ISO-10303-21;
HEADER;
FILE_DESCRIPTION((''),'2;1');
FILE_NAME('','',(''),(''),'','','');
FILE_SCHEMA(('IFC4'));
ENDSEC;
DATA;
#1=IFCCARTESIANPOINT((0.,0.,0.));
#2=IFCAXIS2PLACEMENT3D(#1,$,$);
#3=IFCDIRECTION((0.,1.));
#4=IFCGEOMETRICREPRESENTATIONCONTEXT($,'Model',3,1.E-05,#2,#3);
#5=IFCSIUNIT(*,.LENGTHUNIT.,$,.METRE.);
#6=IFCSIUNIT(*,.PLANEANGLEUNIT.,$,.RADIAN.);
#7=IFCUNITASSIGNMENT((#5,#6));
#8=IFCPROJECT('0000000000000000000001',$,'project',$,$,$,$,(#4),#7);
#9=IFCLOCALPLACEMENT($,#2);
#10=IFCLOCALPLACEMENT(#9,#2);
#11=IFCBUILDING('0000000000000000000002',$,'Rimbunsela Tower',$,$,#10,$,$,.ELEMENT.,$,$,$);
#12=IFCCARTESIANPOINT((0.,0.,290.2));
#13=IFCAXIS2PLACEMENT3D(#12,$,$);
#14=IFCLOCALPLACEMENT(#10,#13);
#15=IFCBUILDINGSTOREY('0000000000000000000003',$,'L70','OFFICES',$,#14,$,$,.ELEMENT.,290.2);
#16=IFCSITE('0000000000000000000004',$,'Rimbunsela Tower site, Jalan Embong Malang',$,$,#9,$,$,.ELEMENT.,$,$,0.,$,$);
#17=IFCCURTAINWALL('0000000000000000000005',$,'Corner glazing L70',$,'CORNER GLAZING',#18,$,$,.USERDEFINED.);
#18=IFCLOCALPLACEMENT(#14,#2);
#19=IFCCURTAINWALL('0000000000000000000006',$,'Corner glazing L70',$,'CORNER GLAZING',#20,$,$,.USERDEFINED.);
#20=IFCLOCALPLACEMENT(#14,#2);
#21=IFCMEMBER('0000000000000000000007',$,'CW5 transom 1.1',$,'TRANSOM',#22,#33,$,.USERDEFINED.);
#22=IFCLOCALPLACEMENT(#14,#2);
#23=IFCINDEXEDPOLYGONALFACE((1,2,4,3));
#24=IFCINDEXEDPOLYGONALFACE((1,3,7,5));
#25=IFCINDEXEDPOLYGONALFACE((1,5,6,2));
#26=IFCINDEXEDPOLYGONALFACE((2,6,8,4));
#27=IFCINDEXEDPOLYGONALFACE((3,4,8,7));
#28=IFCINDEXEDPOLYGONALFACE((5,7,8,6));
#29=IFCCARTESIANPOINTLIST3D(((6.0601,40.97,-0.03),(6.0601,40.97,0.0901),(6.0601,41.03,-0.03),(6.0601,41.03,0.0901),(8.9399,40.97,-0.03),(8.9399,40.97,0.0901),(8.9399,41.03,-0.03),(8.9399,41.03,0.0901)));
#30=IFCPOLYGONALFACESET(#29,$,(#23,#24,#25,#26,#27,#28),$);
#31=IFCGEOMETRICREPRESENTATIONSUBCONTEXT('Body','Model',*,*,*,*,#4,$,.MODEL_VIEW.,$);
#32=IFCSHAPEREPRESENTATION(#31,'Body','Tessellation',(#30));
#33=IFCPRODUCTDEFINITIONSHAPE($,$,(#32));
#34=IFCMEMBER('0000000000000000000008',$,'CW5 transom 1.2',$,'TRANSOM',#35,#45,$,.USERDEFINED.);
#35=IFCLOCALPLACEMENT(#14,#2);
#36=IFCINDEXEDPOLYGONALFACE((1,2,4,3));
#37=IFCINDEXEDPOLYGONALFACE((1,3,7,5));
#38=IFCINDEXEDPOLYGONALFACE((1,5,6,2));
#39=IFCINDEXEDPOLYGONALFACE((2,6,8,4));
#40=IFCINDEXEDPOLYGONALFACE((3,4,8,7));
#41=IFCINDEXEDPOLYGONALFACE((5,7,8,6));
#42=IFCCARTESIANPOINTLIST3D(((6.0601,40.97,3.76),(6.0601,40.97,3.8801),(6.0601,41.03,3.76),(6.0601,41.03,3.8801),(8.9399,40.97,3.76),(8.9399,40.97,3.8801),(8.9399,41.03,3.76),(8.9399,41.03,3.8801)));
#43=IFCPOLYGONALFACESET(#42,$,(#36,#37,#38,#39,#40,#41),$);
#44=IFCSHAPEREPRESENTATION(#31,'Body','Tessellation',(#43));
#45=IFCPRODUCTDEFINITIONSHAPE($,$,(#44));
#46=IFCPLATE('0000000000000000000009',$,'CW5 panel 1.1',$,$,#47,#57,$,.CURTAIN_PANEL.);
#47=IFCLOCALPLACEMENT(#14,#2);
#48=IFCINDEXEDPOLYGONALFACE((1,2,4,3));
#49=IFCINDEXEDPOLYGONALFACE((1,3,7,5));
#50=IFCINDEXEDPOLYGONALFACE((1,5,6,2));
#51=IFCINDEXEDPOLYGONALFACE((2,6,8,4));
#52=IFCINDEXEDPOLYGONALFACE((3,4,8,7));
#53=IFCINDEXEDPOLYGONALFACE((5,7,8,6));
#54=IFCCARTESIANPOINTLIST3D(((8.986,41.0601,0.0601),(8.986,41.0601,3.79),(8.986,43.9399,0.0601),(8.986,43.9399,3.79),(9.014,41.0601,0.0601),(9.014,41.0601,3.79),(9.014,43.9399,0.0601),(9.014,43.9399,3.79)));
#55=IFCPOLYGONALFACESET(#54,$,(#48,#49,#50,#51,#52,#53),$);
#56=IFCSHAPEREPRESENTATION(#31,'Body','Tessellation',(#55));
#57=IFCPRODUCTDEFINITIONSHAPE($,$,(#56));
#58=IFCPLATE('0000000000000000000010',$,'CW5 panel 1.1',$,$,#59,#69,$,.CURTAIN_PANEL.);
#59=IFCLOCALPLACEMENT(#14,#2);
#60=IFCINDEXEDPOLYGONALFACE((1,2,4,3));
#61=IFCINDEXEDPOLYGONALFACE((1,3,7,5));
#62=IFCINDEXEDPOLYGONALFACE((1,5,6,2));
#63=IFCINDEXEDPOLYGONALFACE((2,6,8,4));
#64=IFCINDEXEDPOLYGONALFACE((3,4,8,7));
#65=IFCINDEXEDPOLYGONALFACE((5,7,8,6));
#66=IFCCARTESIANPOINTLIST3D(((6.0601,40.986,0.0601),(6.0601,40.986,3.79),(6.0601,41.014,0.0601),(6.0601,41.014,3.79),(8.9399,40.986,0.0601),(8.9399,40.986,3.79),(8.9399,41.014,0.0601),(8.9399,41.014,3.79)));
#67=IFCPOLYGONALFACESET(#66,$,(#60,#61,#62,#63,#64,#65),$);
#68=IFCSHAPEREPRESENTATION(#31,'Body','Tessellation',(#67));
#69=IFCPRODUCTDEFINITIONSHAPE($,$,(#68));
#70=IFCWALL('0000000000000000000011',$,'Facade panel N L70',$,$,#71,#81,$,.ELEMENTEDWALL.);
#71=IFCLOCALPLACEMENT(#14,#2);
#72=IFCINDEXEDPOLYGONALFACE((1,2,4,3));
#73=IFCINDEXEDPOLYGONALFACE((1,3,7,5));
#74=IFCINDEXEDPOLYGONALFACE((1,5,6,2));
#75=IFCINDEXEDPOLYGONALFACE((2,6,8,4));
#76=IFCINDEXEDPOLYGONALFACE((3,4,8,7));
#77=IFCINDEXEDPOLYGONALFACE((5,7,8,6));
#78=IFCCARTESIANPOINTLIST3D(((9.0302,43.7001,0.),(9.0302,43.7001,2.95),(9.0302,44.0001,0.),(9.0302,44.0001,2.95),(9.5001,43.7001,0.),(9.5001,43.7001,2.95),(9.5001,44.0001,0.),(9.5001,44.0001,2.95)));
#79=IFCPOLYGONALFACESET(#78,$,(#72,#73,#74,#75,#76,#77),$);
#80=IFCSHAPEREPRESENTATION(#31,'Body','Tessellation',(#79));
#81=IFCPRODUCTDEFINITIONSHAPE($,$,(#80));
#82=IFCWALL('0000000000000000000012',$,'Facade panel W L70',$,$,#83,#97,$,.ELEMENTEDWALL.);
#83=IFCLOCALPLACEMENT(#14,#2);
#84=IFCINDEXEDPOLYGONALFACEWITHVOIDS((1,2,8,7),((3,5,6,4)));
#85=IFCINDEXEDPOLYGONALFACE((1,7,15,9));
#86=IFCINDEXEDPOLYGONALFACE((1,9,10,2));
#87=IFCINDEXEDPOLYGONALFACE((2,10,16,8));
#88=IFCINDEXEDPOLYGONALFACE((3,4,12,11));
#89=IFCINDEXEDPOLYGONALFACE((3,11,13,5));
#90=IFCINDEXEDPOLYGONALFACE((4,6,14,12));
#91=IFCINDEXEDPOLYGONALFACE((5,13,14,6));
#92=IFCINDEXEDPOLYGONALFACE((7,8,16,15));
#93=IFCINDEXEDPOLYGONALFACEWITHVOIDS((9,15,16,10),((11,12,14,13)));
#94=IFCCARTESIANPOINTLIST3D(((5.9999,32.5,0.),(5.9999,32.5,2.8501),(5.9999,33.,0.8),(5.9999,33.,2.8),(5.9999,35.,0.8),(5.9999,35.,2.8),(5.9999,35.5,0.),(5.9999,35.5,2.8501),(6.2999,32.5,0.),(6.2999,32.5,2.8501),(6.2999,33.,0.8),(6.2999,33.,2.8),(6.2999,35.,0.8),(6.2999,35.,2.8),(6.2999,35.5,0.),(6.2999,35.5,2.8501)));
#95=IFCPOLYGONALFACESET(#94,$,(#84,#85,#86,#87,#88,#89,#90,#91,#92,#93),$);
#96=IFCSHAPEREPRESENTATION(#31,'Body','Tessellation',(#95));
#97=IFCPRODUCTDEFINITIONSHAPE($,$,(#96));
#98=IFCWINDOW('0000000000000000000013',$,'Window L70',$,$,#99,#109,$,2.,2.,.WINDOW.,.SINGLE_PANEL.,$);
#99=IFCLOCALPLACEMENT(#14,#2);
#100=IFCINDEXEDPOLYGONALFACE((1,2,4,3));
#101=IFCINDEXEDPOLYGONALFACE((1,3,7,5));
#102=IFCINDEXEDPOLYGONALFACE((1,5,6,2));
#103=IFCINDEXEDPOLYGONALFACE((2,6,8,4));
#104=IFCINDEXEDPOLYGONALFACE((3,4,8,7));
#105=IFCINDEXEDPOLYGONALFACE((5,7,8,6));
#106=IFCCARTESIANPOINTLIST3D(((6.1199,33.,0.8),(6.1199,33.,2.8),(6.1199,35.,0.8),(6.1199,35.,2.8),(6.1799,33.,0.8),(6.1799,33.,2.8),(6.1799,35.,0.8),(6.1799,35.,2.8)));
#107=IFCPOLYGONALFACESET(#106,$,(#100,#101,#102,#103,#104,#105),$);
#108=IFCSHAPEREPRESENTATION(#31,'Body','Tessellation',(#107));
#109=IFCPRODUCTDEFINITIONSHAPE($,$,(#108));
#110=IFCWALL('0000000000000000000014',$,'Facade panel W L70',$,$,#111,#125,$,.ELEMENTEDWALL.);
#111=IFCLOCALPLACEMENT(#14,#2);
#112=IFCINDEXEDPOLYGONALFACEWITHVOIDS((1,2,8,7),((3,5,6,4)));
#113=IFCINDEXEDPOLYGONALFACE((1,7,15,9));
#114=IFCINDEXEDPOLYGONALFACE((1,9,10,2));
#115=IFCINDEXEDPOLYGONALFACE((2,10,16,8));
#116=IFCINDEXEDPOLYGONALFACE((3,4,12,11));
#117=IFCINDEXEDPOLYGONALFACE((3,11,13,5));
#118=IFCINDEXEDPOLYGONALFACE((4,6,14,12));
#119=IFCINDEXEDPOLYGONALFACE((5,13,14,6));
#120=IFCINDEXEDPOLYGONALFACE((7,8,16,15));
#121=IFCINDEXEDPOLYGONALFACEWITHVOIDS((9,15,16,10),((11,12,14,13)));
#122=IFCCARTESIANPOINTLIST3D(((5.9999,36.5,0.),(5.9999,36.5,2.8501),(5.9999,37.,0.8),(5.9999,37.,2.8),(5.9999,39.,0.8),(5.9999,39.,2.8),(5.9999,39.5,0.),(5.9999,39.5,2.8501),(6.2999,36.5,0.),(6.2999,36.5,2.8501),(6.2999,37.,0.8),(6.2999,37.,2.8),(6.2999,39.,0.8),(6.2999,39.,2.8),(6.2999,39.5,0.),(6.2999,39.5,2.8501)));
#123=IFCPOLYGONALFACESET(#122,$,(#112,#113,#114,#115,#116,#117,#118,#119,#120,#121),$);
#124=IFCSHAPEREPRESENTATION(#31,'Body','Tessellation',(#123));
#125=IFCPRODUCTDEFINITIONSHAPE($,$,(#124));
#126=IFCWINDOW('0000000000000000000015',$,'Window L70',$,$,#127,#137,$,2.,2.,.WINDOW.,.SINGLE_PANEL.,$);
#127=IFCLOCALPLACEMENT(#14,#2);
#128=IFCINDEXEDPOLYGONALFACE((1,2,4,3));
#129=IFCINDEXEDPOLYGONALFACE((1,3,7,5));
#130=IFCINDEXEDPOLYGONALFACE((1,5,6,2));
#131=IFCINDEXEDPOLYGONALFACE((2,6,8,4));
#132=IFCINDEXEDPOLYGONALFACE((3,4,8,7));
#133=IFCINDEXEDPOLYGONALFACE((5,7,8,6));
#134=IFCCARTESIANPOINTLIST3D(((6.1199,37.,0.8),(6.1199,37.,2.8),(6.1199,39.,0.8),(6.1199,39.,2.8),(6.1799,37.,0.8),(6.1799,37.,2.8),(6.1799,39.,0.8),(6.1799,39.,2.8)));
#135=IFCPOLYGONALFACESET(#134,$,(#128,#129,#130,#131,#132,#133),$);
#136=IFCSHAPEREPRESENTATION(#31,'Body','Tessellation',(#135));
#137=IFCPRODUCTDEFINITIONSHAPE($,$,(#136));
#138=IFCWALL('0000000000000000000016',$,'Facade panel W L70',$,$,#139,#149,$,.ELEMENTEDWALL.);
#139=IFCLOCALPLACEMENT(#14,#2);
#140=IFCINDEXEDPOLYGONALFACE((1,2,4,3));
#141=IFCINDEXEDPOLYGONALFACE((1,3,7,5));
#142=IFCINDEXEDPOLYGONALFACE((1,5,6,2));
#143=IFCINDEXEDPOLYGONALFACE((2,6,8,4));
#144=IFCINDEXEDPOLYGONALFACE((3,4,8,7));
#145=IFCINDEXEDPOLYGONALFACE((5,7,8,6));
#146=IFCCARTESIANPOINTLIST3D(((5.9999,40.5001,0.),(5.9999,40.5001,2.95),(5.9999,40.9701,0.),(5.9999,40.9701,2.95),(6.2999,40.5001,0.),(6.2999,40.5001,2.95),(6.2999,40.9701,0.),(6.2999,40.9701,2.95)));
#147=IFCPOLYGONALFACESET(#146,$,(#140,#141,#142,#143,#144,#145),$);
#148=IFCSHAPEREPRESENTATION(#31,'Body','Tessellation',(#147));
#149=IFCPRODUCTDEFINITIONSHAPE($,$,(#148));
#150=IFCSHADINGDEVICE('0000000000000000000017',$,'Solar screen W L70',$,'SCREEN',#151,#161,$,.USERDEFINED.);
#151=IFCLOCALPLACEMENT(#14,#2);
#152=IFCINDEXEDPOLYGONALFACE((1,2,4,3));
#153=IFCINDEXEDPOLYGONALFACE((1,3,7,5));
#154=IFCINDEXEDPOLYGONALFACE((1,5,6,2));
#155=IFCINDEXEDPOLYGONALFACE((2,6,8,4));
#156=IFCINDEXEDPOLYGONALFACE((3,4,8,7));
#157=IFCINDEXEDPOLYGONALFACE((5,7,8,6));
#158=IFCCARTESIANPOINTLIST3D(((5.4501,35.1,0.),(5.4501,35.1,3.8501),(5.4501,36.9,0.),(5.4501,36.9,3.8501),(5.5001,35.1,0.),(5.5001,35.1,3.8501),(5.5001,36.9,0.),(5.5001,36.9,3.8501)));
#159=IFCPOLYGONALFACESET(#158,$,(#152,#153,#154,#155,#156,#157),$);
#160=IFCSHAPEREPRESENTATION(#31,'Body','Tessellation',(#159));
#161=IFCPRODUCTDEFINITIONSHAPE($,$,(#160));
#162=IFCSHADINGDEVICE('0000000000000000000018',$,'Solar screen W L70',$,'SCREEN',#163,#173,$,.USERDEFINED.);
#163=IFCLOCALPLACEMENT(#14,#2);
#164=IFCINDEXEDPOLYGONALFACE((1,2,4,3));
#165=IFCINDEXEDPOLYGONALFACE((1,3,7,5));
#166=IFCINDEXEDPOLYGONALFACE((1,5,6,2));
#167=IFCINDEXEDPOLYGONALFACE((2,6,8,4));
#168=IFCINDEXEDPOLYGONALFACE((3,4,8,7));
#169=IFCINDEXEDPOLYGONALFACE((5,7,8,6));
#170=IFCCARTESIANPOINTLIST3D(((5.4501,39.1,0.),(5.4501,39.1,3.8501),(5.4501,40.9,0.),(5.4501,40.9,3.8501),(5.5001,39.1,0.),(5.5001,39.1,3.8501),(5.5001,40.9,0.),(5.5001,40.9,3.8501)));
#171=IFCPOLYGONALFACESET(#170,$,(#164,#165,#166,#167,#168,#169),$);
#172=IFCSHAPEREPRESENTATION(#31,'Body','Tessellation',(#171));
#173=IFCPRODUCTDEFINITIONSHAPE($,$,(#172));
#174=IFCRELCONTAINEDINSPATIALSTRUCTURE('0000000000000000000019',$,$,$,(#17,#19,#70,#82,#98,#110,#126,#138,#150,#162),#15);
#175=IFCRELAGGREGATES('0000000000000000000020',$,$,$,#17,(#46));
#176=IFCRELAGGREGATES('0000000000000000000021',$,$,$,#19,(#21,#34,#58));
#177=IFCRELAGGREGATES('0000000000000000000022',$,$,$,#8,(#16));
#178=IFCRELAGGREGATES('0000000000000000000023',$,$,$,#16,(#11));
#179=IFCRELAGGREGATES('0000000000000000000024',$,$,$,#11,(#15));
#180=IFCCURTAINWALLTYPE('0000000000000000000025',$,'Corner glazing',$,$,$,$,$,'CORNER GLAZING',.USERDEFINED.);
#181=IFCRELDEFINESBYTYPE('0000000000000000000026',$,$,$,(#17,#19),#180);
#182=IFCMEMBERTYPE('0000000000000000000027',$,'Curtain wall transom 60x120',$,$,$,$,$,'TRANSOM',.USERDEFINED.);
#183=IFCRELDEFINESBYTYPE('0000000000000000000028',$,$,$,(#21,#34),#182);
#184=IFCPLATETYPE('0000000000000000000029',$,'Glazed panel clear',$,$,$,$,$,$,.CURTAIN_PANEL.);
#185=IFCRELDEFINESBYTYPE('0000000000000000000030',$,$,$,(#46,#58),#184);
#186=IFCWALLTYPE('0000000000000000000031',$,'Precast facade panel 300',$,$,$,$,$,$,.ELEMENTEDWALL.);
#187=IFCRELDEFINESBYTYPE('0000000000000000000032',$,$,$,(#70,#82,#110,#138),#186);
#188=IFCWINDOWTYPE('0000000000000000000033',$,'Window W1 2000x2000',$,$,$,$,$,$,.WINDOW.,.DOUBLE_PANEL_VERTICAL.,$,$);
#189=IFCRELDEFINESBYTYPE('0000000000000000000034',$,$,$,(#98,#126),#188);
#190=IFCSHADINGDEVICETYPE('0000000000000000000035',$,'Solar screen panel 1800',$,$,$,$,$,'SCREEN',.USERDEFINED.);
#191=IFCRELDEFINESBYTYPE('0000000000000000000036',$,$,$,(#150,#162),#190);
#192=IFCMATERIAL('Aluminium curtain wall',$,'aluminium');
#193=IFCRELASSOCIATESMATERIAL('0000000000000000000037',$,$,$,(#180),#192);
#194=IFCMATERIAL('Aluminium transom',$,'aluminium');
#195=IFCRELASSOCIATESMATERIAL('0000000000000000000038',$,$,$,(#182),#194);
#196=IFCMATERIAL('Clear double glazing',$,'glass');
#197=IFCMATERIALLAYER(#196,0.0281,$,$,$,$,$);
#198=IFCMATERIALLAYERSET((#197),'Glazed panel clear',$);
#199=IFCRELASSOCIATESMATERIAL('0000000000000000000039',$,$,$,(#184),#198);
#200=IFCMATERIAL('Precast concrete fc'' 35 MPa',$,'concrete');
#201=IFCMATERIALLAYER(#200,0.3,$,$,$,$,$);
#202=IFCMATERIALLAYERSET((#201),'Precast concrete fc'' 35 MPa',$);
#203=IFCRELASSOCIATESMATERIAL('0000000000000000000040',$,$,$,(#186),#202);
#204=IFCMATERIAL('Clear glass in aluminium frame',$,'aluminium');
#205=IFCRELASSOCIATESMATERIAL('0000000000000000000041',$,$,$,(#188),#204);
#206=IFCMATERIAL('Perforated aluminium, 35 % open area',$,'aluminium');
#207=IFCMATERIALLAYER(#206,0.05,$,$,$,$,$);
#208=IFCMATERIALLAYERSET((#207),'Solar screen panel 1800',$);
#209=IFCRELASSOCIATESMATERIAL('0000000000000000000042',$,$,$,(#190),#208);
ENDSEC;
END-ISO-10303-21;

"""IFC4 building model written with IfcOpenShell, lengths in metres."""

from ifc_helpers import new_model, si_unit, direction, frame, frame_2d, origin, origin_2d, place, context, subcontext, project, spatial, rectangle, extrude, material, layer, layer_set, material_profile, profile_set, type_object, element, fill, aggregate, save


model = new_model("IFC4")

# Units and contexts
model_context = context("Model", 3, precision=1e-05, world=origin(), true_north=direction((0.0, 1.0)))
body_context = subcontext(model_context, "Body", "Model", "MODEL_VIEW")
ifc_project = project(units=[si_unit("LENGTHUNIT", "METRE"), si_unit("PLANEANGLEUNIT", "RADIAN")], contexts=[model_context])

# Site, building, storey
site_placement = place(None, origin())
site = spatial("IfcSite", under=ifc_project, at=site_placement, Name="Rimbunsela Tower site, Jalan Embong Malang", CompositionType="ELEMENT", RefElevation=0.0)
building_placement = place(site_placement, origin())
building = spatial("IfcBuilding", under=site, at=building_placement, Name="Rimbunsela Tower", CompositionType="ELEMENT")
storey_placement = place(building_placement, frame((0.0, 0.0, 290.2)))
storey = spatial("IfcBuildingStorey", under=building, at=storey_placement, Name="L70", Description="OFFICES", CompositionType="ELEMENT", Elevation=290.2)

# Curtain walls
ifc_material_1 = material(Name="Aluminium curtain wall", Category="aluminium")
curtain_wall_type = type_object("IfcCurtainWallType", Name="Corner glazing", ElementType="CORNER GLAZING", PredefinedType="USERDEFINED", material=ifc_material_1)
curtain_wall_1_placement = place(storey_placement, origin())
curtain_wall_1 = element("IfcCurtainWall", 1, at=curtain_wall_1_placement, inside=storey, type_object=curtain_wall_type, Name="Corner glazing L70", ObjectType="CORNER GLAZING", PredefinedType="USERDEFINED")
curtain_wall_2_placement = place(storey_placement, origin())
curtain_wall_2 = element("IfcCurtainWall", 2, at=curtain_wall_2_placement, inside=storey, type_object=curtain_wall_type, Name="Corner glazing L70", ObjectType="CORNER GLAZING", PredefinedType="USERDEFINED")

# Members
ifc_material_2 = material(Name="Aluminium transom", Category="aluminium")
ifc_material_profile_1 = material_profile(ifc_material_2, rectangle(XDim=0.0601, YDim=0.1201, at=origin_2d()), Name="Transom 60x120")
ifc_profile_set_1 = profile_set([ifc_material_profile_1], Name="Aluminium transom")
member_type_1 = type_object("IfcMemberType", Name="Curtain wall transom 60x120", ElementType="TRANSOM", PredefinedType="USERDEFINED", material=ifc_profile_set_1)
member_1_placement = place(storey_placement, frame((8.9399, 41.0, 0.03), z_axis=(-1.0, 0.0, 0.0), x_axis=(0.0, -1.0, 0.0)))
member_1 = element("IfcMember", 3, at=member_1_placement, type_object=member_type_1, Name="CW5 transom 1.1", ObjectType="TRANSOM", PredefinedType="USERDEFINED", context=body_context, shape_type="SweptSolid", body=[
    extrude(rectangle(XDim=0.0601, YDim=0.1201, at=origin_2d()), origin(), (0.0, 0.0, 1.0), 2.8799),
])
member_2_placement = place(storey_placement, frame((8.9399, 41.0, 3.8201), z_axis=(-1.0, 0.0, 0.0), x_axis=(0.0, -1.0, 0.0)))
member_2 = element("IfcMember", 4, at=member_2_placement, type_object=member_type_1, Name="CW5 transom 1.2", ObjectType="TRANSOM", PredefinedType="USERDEFINED", context=body_context, shape_type="SweptSolid", body=[
    extrude(rectangle(XDim=0.0601, YDim=0.1201, at=origin_2d()), origin(), (0.0, 0.0, 1.0), 2.8799),
])

# Plates
ifc_material_3 = material(Name="Clear double glazing", Category="glass")
ifc_layer_1 = layer(ifc_material_3, 0.0281)
ifc_layer_set_1 = layer_set([ifc_layer_1], Name="Glazed panel clear")
plate_type = type_object("IfcPlateType", Name="Glazed panel clear", PredefinedType="CURTAIN_PANEL", material=ifc_layer_set_1)
plate_1_placement = place(storey_placement, frame((9.0, 42.5, 0.0601), z_axis=(0.0, 0.0, 1.0), x_axis=(0.0, -1.0, 0.0)))
plate_1 = element("IfcPlate", 5, at=plate_1_placement, type_object=plate_type, Name="CW5 panel 1.1", PredefinedType="CURTAIN_PANEL", context=body_context, shape_type="SweptSolid", body=[
    extrude(rectangle(XDim=2.8799, YDim=0.0281, at=origin_2d()), origin(), (0.0, 0.0, 1.0), 3.73),
])
aggregate(curtain_wall_1, [plate_1])
plate_2_placement = place(storey_placement, frame((7.5, 41.0, 0.0601), z_axis=(0.0, 0.0, 1.0), x_axis=(-1.0, 0.0, 0.0)))
plate_2 = element("IfcPlate", 6, at=plate_2_placement, type_object=plate_type, Name="CW5 panel 1.1", PredefinedType="CURTAIN_PANEL", context=body_context, shape_type="SweptSolid", body=[
    extrude(rectangle(XDim=2.8799, YDim=0.0281, at=origin_2d()), origin(), (0.0, 0.0, 1.0), 3.73),
])
aggregate(curtain_wall_2, [member_1, member_2, plate_2])

# Wall
ifc_material_4 = material(Name="Precast concrete fc' 35 MPa", Category="concrete")
ifc_layer_2 = layer(ifc_material_4, 0.3)
ifc_layer_set_2 = layer_set([ifc_layer_2], Name="Precast concrete fc' 35 MPa")
wall_type = type_object("IfcWallType", Name="Precast facade panel 300", PredefinedType="ELEMENTEDWALL", material=ifc_layer_set_2)
wall_1_placement = place(storey_placement, frame((9.5, 43.8501, 0.0), z_axis=(0.0, 0.0, 1.0), x_axis=(-1.0, 0.0, 0.0)))
element("IfcWall", 7, at=wall_1_placement, inside=storey, type_object=wall_type, Name="Facade panel N L70", PredefinedType="ELEMENTEDWALL", context=body_context, shape_type="SweptSolid", body=[
    extrude(rectangle(XDim=0.47, YDim=0.3, at=frame_2d((0.2349, 0.0))), origin(), (0.0, 0.0, 1.0), 2.95),
])

# Walls, openings, windows
wall_2_placement = place(storey_placement, frame((6.1499, 35.5, 0.0), z_axis=(0.0, 0.0, 1.0), x_axis=(0.0, -1.0, 0.0)))
wall_2 = element("IfcWall", 8, at=wall_2_placement, inside=storey, type_object=wall_type, Name="Facade panel W L70", PredefinedType="ELEMENTEDWALL", context=body_context, shape_type="SweptSolid", body=[
    extrude(rectangle(XDim=3.0, YDim=0.3, at=frame_2d((1.5, 0.0))), origin(), (0.0, 0.0, 1.0), 2.8501),
])
opening_1_placement = place(wall_2_placement, frame((0.5, 0.0, 0.8)))
opening_1 = element("IfcOpeningElement", 9, at=opening_1_placement, cuts=wall_2, PredefinedType="OPENING", context=body_context, shape_type="SweptSolid", body=[
    extrude(rectangle(XDim=2.0, YDim=2.0, at=frame_2d((1.0, 1.0))), frame((0.0, 0.1599, 0.0), z_axis=(0.0, -1.0, 0.0), x_axis=(1.0, 0.0, 0.0)), (0.0, 0.0, 1.0), 0.3201),
])
ifc_material_5 = material(Name="Clear glass in aluminium frame", Category="aluminium")
window_type = type_object("IfcWindowType", Name="Window W1 2000x2000", PartitioningType="DOUBLE_PANEL_VERTICAL", PredefinedType="WINDOW", material=ifc_material_5)
window_1_placement = place(opening_1_placement, origin())
window_1 = element("IfcWindow", 10, at=window_1_placement, inside=storey, type_object=window_type, Name="Window L70", OverallHeight=2.0, OverallWidth=2.0, PartitioningType="SINGLE_PANEL", PredefinedType="WINDOW", context=body_context, shape_type="SweptSolid", body=[
    extrude(rectangle(XDim=2.0, YDim=2.0, at=frame_2d((1.0, 1.0))), frame((0.0, 0.03, 0.0), z_axis=(0.0, -1.0, 0.0), x_axis=(1.0, 0.0, 0.0)), (0.0, 0.0, 1.0), 0.0601),
])
fill(opening_1, window_1)
wall_3_placement = place(storey_placement, frame((6.1499, 39.5, 0.0), z_axis=(0.0, 0.0, 1.0), x_axis=(0.0, -1.0, 0.0)))
wall_3 = element("IfcWall", 11, at=wall_3_placement, inside=storey, type_object=wall_type, Name="Facade panel W L70", PredefinedType="ELEMENTEDWALL", context=body_context, shape_type="SweptSolid", body=[
    extrude(rectangle(XDim=3.0, YDim=0.3, at=frame_2d((1.5, 0.0))), origin(), (0.0, 0.0, 1.0), 2.8501),
])
opening_2_placement = place(wall_3_placement, frame((0.5, 0.0, 0.8)))
opening_2 = element("IfcOpeningElement", 12, at=opening_2_placement, cuts=wall_3, PredefinedType="OPENING", context=body_context, shape_type="SweptSolid", body=[
    extrude(rectangle(XDim=2.0, YDim=2.0, at=frame_2d((1.0, 1.0))), frame((0.0, 0.1599, 0.0), z_axis=(0.0, -1.0, 0.0), x_axis=(1.0, 0.0, 0.0)), (0.0, 0.0, 1.0), 0.3201),
])
window_2_placement = place(opening_2_placement, origin())
window_2 = element("IfcWindow", 13, at=window_2_placement, inside=storey, type_object=window_type, Name="Window L70", OverallHeight=2.0, OverallWidth=2.0, PartitioningType="SINGLE_PANEL", PredefinedType="WINDOW", context=body_context, shape_type="SweptSolid", body=[
    extrude(rectangle(XDim=2.0, YDim=2.0, at=frame_2d((1.0, 1.0))), frame((0.0, 0.03, 0.0), z_axis=(0.0, -1.0, 0.0), x_axis=(1.0, 0.0, 0.0)), (0.0, 0.0, 1.0), 0.0601),
])
fill(opening_2, window_2)

# Wall
wall_4_placement = place(storey_placement, frame((6.1499, 40.97, 0.0), z_axis=(0.0, 0.0, 1.0), x_axis=(0.0, -1.0, 0.0)))
element("IfcWall", 14, at=wall_4_placement, inside=storey, type_object=wall_type, Name="Facade panel W L70", PredefinedType="ELEMENTEDWALL", context=body_context, shape_type="SweptSolid", body=[
    extrude(rectangle(XDim=0.47, YDim=0.3, at=frame_2d((0.2349, 0.0))), origin(), (0.0, 0.0, 1.0), 2.95),
])

# Shading devices
ifc_material_6 = material(Name="Perforated aluminium, 35 % open area", Category="aluminium")
ifc_layer_3 = layer(ifc_material_6, 0.05)
ifc_layer_set_3 = layer_set([ifc_layer_3], Name="Solar screen panel 1800")
shading_device_type = type_object("IfcShadingDeviceType", Name="Solar screen panel 1800", ElementType="SCREEN", PredefinedType="USERDEFINED", material=ifc_layer_set_3)
for number, where, z_axis, x_axis, name in (
    (15, (5.4751, 36.0, 0.0), (0.0, 0.0, 1.0), (0.0, 1.0, 0.0), "Solar screen W L70"),
    (16, (5.4751, 40.0, 0.0), (0.0, 0.0, 1.0), (0.0, 1.0, 0.0), "Solar screen W L70"),
):
    element("IfcShadingDevice", number, at=place(storey_placement, frame(where, z_axis=z_axis, x_axis=x_axis)), inside=storey, type_object=shading_device_type, Name=name, ObjectType="SCREEN", PredefinedType="USERDEFINED", context=body_context, shape_type="SweptSolid", body=[
        extrude(rectangle(XDim=1.8, YDim=0.05, at=origin_2d()), origin(), (0.0, 0.0, 1.0), 3.8501),
    ])

save(model, "model.ifc")
